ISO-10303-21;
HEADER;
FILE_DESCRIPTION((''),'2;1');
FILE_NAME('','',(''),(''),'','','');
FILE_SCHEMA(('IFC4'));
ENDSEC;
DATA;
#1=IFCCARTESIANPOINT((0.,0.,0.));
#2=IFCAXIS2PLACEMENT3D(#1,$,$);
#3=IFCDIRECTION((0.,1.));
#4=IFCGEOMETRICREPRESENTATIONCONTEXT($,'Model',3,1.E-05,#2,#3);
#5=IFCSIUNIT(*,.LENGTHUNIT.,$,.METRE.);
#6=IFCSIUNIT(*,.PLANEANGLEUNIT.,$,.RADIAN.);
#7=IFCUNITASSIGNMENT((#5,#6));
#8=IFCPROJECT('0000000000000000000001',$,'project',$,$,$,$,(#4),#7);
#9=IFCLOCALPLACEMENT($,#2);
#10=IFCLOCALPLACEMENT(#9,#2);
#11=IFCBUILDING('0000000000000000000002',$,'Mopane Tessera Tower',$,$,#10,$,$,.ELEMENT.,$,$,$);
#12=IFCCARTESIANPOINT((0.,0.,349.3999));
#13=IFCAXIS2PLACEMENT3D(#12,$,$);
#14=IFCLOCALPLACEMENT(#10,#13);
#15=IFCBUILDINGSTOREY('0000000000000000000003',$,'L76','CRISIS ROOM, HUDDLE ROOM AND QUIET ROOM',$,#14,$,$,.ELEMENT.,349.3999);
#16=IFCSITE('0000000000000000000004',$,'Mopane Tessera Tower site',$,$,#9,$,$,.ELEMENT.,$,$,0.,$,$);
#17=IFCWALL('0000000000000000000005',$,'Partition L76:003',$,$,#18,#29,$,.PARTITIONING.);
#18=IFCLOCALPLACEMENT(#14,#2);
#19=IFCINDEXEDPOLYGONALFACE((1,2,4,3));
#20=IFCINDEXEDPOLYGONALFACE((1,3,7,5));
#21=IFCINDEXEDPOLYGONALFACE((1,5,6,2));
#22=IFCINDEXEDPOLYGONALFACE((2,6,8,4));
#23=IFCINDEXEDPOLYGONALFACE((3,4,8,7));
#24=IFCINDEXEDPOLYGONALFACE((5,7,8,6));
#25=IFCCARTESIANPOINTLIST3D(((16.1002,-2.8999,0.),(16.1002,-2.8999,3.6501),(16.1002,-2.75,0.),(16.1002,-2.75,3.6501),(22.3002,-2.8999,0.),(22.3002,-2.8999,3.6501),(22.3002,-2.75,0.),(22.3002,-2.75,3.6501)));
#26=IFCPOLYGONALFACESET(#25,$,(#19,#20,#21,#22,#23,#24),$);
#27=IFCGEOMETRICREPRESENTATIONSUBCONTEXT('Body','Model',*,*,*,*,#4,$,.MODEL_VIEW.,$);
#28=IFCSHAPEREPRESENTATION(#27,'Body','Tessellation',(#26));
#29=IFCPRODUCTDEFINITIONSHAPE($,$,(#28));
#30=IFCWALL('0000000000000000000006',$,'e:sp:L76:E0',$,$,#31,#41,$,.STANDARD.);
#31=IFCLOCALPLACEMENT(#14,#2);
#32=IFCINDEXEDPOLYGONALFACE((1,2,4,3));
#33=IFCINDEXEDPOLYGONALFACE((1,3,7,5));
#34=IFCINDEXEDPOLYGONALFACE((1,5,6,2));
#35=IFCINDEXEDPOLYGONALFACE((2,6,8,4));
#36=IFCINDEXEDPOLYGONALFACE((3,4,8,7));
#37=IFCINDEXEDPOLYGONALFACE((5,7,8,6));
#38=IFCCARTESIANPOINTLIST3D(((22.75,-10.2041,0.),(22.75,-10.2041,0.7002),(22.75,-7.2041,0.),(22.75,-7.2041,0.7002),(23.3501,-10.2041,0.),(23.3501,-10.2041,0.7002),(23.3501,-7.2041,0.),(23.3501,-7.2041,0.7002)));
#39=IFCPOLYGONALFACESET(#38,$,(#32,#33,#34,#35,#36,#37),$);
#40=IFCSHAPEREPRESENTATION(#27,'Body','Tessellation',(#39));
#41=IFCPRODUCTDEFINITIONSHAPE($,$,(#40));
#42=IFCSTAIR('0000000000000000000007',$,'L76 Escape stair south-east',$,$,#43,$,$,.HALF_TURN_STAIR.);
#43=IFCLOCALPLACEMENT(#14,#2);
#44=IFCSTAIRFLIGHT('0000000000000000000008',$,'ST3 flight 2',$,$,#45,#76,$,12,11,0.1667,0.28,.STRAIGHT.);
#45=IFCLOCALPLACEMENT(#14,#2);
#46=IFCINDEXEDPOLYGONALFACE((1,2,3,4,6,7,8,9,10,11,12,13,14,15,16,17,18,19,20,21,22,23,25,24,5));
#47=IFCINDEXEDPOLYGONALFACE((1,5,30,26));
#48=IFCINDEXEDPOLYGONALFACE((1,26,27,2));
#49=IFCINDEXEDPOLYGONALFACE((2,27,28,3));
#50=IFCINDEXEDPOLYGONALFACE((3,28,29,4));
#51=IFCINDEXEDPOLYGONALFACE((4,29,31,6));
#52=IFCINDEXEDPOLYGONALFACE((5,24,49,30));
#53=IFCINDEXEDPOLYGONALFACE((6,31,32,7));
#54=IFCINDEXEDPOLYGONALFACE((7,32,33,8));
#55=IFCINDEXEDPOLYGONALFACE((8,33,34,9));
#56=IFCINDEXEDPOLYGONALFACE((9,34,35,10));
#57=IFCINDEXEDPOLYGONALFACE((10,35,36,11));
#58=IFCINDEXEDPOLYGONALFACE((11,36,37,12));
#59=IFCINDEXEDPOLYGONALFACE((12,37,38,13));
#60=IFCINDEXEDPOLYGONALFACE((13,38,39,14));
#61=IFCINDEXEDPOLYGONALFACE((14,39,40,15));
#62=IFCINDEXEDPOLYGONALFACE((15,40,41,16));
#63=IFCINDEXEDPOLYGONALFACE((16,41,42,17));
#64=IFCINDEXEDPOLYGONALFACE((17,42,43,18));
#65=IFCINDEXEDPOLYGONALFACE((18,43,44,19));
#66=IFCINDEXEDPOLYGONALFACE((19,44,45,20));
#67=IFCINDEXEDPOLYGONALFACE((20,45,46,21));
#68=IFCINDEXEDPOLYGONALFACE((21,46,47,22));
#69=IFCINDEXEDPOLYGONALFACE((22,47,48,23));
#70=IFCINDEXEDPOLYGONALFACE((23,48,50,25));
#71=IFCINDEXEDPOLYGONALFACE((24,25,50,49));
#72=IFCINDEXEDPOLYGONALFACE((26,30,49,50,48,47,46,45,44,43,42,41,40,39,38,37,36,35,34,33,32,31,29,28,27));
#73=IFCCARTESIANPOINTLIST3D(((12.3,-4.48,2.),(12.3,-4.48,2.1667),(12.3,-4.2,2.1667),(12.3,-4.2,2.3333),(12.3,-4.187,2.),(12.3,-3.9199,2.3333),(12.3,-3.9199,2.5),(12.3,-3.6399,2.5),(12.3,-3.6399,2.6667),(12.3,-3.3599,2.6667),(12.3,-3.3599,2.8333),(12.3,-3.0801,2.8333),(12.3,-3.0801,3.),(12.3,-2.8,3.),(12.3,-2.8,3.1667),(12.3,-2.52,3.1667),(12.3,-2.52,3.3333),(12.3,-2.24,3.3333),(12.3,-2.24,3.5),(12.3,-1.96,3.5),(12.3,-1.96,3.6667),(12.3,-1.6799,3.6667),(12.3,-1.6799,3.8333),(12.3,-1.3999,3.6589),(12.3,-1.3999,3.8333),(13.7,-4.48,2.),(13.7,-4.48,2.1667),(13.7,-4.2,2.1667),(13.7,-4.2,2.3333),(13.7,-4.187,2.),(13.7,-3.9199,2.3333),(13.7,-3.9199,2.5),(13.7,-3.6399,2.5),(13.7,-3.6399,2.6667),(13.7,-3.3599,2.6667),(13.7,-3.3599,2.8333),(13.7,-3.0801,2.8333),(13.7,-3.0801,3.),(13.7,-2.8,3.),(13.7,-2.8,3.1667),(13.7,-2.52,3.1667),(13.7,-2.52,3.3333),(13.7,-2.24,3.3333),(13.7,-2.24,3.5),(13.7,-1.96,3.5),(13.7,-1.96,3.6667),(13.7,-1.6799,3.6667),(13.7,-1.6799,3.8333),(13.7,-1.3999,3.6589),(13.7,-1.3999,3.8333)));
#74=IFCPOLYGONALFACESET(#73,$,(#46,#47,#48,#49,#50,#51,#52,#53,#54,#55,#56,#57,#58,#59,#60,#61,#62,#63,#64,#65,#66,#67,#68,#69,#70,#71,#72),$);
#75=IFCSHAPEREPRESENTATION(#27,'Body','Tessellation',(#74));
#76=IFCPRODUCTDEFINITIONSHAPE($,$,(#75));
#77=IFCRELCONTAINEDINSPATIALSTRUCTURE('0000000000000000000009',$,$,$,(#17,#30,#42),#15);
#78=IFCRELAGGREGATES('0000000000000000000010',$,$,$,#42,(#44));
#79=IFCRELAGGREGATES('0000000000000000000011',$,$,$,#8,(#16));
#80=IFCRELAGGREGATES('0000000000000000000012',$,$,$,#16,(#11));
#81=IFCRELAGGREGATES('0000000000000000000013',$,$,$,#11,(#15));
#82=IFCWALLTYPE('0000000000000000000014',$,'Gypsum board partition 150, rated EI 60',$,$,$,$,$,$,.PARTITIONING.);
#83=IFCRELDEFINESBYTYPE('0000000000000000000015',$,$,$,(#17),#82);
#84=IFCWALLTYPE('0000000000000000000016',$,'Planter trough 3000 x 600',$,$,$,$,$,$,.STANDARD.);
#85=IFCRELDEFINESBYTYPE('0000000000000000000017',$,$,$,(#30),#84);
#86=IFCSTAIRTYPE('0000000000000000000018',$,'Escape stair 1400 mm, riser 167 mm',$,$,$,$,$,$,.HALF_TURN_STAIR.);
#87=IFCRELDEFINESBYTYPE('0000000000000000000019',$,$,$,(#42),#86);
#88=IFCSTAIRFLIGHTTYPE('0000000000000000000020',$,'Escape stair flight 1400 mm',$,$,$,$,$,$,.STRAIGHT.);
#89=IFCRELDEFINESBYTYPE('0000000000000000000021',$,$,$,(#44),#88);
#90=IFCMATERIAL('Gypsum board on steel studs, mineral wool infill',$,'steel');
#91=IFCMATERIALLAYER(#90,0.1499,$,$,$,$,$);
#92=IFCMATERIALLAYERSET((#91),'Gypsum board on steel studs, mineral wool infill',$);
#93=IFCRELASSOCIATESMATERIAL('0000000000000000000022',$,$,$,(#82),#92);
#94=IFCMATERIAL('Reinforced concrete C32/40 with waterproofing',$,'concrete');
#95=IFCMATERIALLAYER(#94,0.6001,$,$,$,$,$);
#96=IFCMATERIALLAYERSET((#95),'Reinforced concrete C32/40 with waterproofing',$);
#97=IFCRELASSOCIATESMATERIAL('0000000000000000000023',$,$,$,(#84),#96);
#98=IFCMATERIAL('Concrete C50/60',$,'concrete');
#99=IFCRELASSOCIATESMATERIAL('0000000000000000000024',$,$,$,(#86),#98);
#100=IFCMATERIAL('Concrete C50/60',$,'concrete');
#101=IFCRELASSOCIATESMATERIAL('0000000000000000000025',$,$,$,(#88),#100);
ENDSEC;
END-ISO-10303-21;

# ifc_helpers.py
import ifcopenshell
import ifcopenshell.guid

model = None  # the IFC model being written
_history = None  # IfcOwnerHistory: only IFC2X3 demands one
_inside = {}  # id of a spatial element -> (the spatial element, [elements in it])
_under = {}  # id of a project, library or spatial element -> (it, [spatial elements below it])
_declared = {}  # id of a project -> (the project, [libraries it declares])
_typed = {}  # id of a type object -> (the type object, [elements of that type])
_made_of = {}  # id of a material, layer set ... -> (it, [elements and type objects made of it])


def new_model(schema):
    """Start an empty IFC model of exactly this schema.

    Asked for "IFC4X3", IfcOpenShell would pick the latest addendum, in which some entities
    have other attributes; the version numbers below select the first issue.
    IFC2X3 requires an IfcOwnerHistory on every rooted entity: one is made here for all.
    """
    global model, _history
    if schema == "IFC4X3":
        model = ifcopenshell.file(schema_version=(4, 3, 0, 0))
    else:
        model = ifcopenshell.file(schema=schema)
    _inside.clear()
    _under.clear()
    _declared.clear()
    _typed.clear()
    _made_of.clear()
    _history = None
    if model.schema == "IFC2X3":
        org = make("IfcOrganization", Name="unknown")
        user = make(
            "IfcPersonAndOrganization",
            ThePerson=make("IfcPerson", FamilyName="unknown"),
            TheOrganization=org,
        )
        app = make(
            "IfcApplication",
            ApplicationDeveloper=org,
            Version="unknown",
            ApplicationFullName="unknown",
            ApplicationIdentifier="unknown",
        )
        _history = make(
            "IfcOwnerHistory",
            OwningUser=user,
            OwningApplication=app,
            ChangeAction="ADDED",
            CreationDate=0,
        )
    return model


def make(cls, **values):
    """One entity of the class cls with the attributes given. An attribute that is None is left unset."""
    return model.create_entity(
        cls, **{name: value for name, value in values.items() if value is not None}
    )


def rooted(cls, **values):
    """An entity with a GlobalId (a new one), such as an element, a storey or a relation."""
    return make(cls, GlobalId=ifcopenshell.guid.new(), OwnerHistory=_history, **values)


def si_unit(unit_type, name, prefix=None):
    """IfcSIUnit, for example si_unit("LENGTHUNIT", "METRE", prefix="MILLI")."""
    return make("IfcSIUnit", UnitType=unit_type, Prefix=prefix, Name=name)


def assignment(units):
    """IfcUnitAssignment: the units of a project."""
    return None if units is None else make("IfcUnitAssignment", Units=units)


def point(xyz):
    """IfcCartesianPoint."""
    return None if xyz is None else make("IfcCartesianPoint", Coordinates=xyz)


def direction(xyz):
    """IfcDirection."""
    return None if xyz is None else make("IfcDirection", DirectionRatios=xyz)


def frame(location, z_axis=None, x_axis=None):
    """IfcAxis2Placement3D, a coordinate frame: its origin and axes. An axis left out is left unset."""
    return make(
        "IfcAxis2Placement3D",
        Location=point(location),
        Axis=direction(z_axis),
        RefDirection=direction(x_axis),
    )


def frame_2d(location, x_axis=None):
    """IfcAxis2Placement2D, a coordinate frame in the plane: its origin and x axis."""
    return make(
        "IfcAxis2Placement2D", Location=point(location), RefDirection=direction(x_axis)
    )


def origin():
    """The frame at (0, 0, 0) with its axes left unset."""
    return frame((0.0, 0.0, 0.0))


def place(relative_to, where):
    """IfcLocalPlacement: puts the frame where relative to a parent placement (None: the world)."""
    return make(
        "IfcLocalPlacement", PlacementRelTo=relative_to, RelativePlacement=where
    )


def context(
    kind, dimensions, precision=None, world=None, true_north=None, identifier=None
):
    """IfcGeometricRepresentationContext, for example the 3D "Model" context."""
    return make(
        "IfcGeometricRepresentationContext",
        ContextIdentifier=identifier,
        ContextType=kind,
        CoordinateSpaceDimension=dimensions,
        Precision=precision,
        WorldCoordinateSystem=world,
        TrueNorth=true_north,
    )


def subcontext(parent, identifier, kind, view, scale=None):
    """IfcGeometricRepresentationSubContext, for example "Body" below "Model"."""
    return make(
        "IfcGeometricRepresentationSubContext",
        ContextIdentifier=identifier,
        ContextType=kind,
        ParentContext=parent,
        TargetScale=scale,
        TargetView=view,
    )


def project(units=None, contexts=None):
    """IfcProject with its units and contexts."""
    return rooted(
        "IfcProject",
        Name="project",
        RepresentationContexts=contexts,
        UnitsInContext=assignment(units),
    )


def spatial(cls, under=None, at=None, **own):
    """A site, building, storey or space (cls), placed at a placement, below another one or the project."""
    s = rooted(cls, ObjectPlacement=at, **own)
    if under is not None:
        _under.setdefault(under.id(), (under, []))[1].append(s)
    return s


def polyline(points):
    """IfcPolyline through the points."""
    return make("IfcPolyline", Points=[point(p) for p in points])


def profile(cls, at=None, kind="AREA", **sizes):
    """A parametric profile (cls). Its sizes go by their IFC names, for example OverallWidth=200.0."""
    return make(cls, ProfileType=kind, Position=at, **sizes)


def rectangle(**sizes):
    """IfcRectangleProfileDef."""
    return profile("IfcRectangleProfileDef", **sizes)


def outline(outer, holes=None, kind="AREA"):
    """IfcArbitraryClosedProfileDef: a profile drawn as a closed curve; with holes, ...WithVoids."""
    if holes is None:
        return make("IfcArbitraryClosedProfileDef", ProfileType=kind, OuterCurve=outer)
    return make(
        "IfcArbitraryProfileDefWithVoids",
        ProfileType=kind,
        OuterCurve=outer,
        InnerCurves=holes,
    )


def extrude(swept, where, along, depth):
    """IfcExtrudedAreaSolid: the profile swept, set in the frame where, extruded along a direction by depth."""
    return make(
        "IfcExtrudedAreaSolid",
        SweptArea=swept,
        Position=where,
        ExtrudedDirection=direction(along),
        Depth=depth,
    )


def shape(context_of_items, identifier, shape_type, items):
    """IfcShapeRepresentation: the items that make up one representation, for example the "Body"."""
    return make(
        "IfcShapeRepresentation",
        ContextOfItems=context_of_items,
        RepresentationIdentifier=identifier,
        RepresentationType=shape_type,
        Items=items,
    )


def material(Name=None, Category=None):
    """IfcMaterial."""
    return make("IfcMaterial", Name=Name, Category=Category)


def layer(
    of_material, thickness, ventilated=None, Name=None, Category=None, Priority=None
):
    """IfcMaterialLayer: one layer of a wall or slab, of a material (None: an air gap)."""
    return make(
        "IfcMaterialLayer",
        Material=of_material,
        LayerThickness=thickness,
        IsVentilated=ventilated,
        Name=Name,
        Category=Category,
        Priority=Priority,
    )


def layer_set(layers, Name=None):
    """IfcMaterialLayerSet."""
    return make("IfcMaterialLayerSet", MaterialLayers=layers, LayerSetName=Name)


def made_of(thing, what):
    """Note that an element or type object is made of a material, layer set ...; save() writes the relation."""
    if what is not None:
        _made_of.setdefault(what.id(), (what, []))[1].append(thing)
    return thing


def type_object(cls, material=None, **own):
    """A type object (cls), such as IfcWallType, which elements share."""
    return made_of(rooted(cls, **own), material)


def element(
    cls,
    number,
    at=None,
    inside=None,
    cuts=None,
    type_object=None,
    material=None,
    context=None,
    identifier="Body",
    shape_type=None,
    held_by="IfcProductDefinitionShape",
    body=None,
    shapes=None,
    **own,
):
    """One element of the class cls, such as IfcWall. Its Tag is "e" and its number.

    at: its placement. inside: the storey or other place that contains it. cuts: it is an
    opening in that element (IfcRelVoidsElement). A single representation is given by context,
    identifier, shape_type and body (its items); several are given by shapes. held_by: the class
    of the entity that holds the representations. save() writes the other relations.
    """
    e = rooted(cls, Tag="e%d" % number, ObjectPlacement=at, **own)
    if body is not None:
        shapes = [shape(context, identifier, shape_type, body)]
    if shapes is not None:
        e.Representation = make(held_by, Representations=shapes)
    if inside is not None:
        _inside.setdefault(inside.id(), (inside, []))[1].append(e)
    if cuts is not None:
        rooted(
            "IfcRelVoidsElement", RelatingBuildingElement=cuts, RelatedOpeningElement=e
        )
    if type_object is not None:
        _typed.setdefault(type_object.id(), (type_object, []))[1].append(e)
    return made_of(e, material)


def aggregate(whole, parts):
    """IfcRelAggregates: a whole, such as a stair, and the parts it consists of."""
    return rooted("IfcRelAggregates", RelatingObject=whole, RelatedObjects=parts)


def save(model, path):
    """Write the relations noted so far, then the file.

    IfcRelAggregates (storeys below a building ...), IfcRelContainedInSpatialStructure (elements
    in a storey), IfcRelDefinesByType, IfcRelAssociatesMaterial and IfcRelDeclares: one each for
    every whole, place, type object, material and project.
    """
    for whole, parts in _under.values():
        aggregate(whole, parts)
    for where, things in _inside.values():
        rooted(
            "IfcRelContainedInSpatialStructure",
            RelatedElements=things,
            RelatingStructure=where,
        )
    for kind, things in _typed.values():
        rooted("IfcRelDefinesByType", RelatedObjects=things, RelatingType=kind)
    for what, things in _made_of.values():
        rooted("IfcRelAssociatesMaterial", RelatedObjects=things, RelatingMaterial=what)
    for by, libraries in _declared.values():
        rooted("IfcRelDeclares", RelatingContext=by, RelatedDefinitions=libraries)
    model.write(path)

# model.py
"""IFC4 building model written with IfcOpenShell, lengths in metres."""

from ifc_helpers import new_model, si_unit, direction, frame, frame_2d, origin, place, context, subcontext, project, spatial, polyline, rectangle, outline, extrude, material, layer, layer_set, type_object, element, aggregate, save


model = new_model("IFC4")

# Units and contexts
model_context = context("Model", 3, precision=1e-05, world=origin(), true_north=direction((0.0, 1.0)))
body_context = subcontext(model_context, "Body", "Model", "MODEL_VIEW")
ifc_project = project(units=[si_unit("LENGTHUNIT", "METRE"), si_unit("PLANEANGLEUNIT", "RADIAN")], contexts=[model_context])

# Site, building, storey
site_placement = place(None, origin())
site = spatial("IfcSite", under=ifc_project, at=site_placement, Name="Mopane Tessera Tower site", CompositionType="ELEMENT", RefElevation=0.0)
building_placement = place(site_placement, origin())
building = spatial("IfcBuilding", under=site, at=building_placement, Name="Mopane Tessera Tower", CompositionType="ELEMENT")
storey_placement = place(building_placement, frame((0.0, 0.0, 349.3999)))
storey = spatial("IfcBuildingStorey", under=building, at=storey_placement, Name="L76", Description="CRISIS ROOM, HUDDLE ROOM AND QUIET ROOM", CompositionType="ELEMENT", Elevation=349.3999)

# Walls
ifc_material_1 = material(Name="Gypsum board on steel studs, mineral wool infill", Category="steel")
ifc_layer_1 = layer(ifc_material_1, 0.1499)
ifc_layer_set_1 = layer_set([ifc_layer_1], Name="Gypsum board on steel studs, mineral wool infill")
wall_type_1 = type_object("IfcWallType", Name="Gypsum board partition 150, rated EI 60", PredefinedType="PARTITIONING", material=ifc_layer_set_1)
wall_1_placement = place(storey_placement, frame((16.1001, -2.825, 0.0), z_axis=(0.0, 0.0, 1.0), x_axis=(1.0, 0.0, 0.0)))
element("IfcWall", 1, at=wall_1_placement, inside=storey, type_object=wall_type_1, Name="Partition L76:003", PredefinedType="PARTITIONING", context=body_context, shape_type="SweptSolid", body=[
    extrude(rectangle(XDim=6.2, YDim=0.1499, at=frame_2d((3.1001, 0.0))), origin(), (0.0, 0.0, 1.0), 3.6501),
])
ifc_material_2 = material(Name="Reinforced concrete C32/40 with waterproofing", Category="concrete")
ifc_layer_2 = layer(ifc_material_2, 0.6001)
ifc_layer_set_2 = layer_set([ifc_layer_2], Name="Reinforced concrete C32/40 with waterproofing")
wall_type_2 = type_object("IfcWallType", Name="Planter trough 3000 x 600", PredefinedType="STANDARD", material=ifc_layer_set_2)
wall_2_placement = place(storey_placement, frame((23.05, -10.2041, 0.0), z_axis=(0.0, 0.0, 1.0), x_axis=(0.0, 1.0, 0.0)))
element("IfcWall", 2, at=wall_2_placement, inside=storey, type_object=wall_type_2, Name="e:sp:L76:E0", PredefinedType="STANDARD", context=body_context, shape_type="SweptSolid", body=[
    extrude(rectangle(XDim=3.0, YDim=0.6001, at=frame_2d((1.5, 0.0))), origin(), (0.0, 0.0, 1.0), 0.7002),
])

# Stair, stair flight
ifc_material_3 = material(Name="Concrete C50/60", Category="concrete")
stair_type = type_object("IfcStairType", Name="Escape stair 1400 mm, riser 167 mm", PredefinedType="HALF_TURN_STAIR", material=ifc_material_3)
stair_placement = place(storey_placement, origin())
stair = element("IfcStair", 3, at=stair_placement, inside=storey, type_object=stair_type, Name="L76 Escape stair south-east", PredefinedType="HALF_TURN_STAIR")
ifc_material_4 = material(Name="Concrete C50/60", Category="concrete")
stair_flight_type = type_object("IfcStairFlightType", Name="Escape stair flight 1400 mm", PredefinedType="STRAIGHT", material=ifc_material_4)
stair_flight_placement = place(storey_placement, frame((13.0, -4.48, 2.0), z_axis=(0.0, 0.0, 1.0), x_axis=(0.0, 1.0, 0.0)))
stair_flight = element("IfcStairFlight", 4, at=stair_flight_placement, type_object=stair_flight_type, Name="ST3 flight 2", NumberOfRisers=12, NumberOfTreads=11, PredefinedType="STRAIGHT", RiserHeight=0.1667, TreadLength=0.28, context=body_context, shape_type="SweptSolid", body=[
    extrude(outline(polyline([(0.0, 0.0), (0.0, 0.1667), (0.28, 0.1667), (0.28, 0.3333), (0.5601, 0.3333), (0.5601, 0.5), (0.8401, 0.5), (0.8401, 0.6667), (1.1201, 0.6667), (1.1201, 0.8333), (1.3999, 0.8333), (1.3999, 1.0), (1.6799, 1.0), (1.6799, 1.1667), (1.96, 1.1667), (1.96, 1.3333), (2.24, 1.3333), (2.24, 1.5), (2.52, 1.5), (2.52, 1.6667), (2.8, 1.6667), (2.8, 1.8333), (3.0801, 1.8333), (3.0801, 2.0), (3.0801, 1.6589), (0.293, 0.0), (0.0, 0.0)])), frame((0.0, 0.7, 0.0), z_axis=(0.0, -1.0, 0.0), x_axis=(1.0, 0.0, 0.0)), (0.0, 0.0, 1.0), 1.3999),
])
aggregate(stair, [stair_flight])

save(model, "model.ifc")
